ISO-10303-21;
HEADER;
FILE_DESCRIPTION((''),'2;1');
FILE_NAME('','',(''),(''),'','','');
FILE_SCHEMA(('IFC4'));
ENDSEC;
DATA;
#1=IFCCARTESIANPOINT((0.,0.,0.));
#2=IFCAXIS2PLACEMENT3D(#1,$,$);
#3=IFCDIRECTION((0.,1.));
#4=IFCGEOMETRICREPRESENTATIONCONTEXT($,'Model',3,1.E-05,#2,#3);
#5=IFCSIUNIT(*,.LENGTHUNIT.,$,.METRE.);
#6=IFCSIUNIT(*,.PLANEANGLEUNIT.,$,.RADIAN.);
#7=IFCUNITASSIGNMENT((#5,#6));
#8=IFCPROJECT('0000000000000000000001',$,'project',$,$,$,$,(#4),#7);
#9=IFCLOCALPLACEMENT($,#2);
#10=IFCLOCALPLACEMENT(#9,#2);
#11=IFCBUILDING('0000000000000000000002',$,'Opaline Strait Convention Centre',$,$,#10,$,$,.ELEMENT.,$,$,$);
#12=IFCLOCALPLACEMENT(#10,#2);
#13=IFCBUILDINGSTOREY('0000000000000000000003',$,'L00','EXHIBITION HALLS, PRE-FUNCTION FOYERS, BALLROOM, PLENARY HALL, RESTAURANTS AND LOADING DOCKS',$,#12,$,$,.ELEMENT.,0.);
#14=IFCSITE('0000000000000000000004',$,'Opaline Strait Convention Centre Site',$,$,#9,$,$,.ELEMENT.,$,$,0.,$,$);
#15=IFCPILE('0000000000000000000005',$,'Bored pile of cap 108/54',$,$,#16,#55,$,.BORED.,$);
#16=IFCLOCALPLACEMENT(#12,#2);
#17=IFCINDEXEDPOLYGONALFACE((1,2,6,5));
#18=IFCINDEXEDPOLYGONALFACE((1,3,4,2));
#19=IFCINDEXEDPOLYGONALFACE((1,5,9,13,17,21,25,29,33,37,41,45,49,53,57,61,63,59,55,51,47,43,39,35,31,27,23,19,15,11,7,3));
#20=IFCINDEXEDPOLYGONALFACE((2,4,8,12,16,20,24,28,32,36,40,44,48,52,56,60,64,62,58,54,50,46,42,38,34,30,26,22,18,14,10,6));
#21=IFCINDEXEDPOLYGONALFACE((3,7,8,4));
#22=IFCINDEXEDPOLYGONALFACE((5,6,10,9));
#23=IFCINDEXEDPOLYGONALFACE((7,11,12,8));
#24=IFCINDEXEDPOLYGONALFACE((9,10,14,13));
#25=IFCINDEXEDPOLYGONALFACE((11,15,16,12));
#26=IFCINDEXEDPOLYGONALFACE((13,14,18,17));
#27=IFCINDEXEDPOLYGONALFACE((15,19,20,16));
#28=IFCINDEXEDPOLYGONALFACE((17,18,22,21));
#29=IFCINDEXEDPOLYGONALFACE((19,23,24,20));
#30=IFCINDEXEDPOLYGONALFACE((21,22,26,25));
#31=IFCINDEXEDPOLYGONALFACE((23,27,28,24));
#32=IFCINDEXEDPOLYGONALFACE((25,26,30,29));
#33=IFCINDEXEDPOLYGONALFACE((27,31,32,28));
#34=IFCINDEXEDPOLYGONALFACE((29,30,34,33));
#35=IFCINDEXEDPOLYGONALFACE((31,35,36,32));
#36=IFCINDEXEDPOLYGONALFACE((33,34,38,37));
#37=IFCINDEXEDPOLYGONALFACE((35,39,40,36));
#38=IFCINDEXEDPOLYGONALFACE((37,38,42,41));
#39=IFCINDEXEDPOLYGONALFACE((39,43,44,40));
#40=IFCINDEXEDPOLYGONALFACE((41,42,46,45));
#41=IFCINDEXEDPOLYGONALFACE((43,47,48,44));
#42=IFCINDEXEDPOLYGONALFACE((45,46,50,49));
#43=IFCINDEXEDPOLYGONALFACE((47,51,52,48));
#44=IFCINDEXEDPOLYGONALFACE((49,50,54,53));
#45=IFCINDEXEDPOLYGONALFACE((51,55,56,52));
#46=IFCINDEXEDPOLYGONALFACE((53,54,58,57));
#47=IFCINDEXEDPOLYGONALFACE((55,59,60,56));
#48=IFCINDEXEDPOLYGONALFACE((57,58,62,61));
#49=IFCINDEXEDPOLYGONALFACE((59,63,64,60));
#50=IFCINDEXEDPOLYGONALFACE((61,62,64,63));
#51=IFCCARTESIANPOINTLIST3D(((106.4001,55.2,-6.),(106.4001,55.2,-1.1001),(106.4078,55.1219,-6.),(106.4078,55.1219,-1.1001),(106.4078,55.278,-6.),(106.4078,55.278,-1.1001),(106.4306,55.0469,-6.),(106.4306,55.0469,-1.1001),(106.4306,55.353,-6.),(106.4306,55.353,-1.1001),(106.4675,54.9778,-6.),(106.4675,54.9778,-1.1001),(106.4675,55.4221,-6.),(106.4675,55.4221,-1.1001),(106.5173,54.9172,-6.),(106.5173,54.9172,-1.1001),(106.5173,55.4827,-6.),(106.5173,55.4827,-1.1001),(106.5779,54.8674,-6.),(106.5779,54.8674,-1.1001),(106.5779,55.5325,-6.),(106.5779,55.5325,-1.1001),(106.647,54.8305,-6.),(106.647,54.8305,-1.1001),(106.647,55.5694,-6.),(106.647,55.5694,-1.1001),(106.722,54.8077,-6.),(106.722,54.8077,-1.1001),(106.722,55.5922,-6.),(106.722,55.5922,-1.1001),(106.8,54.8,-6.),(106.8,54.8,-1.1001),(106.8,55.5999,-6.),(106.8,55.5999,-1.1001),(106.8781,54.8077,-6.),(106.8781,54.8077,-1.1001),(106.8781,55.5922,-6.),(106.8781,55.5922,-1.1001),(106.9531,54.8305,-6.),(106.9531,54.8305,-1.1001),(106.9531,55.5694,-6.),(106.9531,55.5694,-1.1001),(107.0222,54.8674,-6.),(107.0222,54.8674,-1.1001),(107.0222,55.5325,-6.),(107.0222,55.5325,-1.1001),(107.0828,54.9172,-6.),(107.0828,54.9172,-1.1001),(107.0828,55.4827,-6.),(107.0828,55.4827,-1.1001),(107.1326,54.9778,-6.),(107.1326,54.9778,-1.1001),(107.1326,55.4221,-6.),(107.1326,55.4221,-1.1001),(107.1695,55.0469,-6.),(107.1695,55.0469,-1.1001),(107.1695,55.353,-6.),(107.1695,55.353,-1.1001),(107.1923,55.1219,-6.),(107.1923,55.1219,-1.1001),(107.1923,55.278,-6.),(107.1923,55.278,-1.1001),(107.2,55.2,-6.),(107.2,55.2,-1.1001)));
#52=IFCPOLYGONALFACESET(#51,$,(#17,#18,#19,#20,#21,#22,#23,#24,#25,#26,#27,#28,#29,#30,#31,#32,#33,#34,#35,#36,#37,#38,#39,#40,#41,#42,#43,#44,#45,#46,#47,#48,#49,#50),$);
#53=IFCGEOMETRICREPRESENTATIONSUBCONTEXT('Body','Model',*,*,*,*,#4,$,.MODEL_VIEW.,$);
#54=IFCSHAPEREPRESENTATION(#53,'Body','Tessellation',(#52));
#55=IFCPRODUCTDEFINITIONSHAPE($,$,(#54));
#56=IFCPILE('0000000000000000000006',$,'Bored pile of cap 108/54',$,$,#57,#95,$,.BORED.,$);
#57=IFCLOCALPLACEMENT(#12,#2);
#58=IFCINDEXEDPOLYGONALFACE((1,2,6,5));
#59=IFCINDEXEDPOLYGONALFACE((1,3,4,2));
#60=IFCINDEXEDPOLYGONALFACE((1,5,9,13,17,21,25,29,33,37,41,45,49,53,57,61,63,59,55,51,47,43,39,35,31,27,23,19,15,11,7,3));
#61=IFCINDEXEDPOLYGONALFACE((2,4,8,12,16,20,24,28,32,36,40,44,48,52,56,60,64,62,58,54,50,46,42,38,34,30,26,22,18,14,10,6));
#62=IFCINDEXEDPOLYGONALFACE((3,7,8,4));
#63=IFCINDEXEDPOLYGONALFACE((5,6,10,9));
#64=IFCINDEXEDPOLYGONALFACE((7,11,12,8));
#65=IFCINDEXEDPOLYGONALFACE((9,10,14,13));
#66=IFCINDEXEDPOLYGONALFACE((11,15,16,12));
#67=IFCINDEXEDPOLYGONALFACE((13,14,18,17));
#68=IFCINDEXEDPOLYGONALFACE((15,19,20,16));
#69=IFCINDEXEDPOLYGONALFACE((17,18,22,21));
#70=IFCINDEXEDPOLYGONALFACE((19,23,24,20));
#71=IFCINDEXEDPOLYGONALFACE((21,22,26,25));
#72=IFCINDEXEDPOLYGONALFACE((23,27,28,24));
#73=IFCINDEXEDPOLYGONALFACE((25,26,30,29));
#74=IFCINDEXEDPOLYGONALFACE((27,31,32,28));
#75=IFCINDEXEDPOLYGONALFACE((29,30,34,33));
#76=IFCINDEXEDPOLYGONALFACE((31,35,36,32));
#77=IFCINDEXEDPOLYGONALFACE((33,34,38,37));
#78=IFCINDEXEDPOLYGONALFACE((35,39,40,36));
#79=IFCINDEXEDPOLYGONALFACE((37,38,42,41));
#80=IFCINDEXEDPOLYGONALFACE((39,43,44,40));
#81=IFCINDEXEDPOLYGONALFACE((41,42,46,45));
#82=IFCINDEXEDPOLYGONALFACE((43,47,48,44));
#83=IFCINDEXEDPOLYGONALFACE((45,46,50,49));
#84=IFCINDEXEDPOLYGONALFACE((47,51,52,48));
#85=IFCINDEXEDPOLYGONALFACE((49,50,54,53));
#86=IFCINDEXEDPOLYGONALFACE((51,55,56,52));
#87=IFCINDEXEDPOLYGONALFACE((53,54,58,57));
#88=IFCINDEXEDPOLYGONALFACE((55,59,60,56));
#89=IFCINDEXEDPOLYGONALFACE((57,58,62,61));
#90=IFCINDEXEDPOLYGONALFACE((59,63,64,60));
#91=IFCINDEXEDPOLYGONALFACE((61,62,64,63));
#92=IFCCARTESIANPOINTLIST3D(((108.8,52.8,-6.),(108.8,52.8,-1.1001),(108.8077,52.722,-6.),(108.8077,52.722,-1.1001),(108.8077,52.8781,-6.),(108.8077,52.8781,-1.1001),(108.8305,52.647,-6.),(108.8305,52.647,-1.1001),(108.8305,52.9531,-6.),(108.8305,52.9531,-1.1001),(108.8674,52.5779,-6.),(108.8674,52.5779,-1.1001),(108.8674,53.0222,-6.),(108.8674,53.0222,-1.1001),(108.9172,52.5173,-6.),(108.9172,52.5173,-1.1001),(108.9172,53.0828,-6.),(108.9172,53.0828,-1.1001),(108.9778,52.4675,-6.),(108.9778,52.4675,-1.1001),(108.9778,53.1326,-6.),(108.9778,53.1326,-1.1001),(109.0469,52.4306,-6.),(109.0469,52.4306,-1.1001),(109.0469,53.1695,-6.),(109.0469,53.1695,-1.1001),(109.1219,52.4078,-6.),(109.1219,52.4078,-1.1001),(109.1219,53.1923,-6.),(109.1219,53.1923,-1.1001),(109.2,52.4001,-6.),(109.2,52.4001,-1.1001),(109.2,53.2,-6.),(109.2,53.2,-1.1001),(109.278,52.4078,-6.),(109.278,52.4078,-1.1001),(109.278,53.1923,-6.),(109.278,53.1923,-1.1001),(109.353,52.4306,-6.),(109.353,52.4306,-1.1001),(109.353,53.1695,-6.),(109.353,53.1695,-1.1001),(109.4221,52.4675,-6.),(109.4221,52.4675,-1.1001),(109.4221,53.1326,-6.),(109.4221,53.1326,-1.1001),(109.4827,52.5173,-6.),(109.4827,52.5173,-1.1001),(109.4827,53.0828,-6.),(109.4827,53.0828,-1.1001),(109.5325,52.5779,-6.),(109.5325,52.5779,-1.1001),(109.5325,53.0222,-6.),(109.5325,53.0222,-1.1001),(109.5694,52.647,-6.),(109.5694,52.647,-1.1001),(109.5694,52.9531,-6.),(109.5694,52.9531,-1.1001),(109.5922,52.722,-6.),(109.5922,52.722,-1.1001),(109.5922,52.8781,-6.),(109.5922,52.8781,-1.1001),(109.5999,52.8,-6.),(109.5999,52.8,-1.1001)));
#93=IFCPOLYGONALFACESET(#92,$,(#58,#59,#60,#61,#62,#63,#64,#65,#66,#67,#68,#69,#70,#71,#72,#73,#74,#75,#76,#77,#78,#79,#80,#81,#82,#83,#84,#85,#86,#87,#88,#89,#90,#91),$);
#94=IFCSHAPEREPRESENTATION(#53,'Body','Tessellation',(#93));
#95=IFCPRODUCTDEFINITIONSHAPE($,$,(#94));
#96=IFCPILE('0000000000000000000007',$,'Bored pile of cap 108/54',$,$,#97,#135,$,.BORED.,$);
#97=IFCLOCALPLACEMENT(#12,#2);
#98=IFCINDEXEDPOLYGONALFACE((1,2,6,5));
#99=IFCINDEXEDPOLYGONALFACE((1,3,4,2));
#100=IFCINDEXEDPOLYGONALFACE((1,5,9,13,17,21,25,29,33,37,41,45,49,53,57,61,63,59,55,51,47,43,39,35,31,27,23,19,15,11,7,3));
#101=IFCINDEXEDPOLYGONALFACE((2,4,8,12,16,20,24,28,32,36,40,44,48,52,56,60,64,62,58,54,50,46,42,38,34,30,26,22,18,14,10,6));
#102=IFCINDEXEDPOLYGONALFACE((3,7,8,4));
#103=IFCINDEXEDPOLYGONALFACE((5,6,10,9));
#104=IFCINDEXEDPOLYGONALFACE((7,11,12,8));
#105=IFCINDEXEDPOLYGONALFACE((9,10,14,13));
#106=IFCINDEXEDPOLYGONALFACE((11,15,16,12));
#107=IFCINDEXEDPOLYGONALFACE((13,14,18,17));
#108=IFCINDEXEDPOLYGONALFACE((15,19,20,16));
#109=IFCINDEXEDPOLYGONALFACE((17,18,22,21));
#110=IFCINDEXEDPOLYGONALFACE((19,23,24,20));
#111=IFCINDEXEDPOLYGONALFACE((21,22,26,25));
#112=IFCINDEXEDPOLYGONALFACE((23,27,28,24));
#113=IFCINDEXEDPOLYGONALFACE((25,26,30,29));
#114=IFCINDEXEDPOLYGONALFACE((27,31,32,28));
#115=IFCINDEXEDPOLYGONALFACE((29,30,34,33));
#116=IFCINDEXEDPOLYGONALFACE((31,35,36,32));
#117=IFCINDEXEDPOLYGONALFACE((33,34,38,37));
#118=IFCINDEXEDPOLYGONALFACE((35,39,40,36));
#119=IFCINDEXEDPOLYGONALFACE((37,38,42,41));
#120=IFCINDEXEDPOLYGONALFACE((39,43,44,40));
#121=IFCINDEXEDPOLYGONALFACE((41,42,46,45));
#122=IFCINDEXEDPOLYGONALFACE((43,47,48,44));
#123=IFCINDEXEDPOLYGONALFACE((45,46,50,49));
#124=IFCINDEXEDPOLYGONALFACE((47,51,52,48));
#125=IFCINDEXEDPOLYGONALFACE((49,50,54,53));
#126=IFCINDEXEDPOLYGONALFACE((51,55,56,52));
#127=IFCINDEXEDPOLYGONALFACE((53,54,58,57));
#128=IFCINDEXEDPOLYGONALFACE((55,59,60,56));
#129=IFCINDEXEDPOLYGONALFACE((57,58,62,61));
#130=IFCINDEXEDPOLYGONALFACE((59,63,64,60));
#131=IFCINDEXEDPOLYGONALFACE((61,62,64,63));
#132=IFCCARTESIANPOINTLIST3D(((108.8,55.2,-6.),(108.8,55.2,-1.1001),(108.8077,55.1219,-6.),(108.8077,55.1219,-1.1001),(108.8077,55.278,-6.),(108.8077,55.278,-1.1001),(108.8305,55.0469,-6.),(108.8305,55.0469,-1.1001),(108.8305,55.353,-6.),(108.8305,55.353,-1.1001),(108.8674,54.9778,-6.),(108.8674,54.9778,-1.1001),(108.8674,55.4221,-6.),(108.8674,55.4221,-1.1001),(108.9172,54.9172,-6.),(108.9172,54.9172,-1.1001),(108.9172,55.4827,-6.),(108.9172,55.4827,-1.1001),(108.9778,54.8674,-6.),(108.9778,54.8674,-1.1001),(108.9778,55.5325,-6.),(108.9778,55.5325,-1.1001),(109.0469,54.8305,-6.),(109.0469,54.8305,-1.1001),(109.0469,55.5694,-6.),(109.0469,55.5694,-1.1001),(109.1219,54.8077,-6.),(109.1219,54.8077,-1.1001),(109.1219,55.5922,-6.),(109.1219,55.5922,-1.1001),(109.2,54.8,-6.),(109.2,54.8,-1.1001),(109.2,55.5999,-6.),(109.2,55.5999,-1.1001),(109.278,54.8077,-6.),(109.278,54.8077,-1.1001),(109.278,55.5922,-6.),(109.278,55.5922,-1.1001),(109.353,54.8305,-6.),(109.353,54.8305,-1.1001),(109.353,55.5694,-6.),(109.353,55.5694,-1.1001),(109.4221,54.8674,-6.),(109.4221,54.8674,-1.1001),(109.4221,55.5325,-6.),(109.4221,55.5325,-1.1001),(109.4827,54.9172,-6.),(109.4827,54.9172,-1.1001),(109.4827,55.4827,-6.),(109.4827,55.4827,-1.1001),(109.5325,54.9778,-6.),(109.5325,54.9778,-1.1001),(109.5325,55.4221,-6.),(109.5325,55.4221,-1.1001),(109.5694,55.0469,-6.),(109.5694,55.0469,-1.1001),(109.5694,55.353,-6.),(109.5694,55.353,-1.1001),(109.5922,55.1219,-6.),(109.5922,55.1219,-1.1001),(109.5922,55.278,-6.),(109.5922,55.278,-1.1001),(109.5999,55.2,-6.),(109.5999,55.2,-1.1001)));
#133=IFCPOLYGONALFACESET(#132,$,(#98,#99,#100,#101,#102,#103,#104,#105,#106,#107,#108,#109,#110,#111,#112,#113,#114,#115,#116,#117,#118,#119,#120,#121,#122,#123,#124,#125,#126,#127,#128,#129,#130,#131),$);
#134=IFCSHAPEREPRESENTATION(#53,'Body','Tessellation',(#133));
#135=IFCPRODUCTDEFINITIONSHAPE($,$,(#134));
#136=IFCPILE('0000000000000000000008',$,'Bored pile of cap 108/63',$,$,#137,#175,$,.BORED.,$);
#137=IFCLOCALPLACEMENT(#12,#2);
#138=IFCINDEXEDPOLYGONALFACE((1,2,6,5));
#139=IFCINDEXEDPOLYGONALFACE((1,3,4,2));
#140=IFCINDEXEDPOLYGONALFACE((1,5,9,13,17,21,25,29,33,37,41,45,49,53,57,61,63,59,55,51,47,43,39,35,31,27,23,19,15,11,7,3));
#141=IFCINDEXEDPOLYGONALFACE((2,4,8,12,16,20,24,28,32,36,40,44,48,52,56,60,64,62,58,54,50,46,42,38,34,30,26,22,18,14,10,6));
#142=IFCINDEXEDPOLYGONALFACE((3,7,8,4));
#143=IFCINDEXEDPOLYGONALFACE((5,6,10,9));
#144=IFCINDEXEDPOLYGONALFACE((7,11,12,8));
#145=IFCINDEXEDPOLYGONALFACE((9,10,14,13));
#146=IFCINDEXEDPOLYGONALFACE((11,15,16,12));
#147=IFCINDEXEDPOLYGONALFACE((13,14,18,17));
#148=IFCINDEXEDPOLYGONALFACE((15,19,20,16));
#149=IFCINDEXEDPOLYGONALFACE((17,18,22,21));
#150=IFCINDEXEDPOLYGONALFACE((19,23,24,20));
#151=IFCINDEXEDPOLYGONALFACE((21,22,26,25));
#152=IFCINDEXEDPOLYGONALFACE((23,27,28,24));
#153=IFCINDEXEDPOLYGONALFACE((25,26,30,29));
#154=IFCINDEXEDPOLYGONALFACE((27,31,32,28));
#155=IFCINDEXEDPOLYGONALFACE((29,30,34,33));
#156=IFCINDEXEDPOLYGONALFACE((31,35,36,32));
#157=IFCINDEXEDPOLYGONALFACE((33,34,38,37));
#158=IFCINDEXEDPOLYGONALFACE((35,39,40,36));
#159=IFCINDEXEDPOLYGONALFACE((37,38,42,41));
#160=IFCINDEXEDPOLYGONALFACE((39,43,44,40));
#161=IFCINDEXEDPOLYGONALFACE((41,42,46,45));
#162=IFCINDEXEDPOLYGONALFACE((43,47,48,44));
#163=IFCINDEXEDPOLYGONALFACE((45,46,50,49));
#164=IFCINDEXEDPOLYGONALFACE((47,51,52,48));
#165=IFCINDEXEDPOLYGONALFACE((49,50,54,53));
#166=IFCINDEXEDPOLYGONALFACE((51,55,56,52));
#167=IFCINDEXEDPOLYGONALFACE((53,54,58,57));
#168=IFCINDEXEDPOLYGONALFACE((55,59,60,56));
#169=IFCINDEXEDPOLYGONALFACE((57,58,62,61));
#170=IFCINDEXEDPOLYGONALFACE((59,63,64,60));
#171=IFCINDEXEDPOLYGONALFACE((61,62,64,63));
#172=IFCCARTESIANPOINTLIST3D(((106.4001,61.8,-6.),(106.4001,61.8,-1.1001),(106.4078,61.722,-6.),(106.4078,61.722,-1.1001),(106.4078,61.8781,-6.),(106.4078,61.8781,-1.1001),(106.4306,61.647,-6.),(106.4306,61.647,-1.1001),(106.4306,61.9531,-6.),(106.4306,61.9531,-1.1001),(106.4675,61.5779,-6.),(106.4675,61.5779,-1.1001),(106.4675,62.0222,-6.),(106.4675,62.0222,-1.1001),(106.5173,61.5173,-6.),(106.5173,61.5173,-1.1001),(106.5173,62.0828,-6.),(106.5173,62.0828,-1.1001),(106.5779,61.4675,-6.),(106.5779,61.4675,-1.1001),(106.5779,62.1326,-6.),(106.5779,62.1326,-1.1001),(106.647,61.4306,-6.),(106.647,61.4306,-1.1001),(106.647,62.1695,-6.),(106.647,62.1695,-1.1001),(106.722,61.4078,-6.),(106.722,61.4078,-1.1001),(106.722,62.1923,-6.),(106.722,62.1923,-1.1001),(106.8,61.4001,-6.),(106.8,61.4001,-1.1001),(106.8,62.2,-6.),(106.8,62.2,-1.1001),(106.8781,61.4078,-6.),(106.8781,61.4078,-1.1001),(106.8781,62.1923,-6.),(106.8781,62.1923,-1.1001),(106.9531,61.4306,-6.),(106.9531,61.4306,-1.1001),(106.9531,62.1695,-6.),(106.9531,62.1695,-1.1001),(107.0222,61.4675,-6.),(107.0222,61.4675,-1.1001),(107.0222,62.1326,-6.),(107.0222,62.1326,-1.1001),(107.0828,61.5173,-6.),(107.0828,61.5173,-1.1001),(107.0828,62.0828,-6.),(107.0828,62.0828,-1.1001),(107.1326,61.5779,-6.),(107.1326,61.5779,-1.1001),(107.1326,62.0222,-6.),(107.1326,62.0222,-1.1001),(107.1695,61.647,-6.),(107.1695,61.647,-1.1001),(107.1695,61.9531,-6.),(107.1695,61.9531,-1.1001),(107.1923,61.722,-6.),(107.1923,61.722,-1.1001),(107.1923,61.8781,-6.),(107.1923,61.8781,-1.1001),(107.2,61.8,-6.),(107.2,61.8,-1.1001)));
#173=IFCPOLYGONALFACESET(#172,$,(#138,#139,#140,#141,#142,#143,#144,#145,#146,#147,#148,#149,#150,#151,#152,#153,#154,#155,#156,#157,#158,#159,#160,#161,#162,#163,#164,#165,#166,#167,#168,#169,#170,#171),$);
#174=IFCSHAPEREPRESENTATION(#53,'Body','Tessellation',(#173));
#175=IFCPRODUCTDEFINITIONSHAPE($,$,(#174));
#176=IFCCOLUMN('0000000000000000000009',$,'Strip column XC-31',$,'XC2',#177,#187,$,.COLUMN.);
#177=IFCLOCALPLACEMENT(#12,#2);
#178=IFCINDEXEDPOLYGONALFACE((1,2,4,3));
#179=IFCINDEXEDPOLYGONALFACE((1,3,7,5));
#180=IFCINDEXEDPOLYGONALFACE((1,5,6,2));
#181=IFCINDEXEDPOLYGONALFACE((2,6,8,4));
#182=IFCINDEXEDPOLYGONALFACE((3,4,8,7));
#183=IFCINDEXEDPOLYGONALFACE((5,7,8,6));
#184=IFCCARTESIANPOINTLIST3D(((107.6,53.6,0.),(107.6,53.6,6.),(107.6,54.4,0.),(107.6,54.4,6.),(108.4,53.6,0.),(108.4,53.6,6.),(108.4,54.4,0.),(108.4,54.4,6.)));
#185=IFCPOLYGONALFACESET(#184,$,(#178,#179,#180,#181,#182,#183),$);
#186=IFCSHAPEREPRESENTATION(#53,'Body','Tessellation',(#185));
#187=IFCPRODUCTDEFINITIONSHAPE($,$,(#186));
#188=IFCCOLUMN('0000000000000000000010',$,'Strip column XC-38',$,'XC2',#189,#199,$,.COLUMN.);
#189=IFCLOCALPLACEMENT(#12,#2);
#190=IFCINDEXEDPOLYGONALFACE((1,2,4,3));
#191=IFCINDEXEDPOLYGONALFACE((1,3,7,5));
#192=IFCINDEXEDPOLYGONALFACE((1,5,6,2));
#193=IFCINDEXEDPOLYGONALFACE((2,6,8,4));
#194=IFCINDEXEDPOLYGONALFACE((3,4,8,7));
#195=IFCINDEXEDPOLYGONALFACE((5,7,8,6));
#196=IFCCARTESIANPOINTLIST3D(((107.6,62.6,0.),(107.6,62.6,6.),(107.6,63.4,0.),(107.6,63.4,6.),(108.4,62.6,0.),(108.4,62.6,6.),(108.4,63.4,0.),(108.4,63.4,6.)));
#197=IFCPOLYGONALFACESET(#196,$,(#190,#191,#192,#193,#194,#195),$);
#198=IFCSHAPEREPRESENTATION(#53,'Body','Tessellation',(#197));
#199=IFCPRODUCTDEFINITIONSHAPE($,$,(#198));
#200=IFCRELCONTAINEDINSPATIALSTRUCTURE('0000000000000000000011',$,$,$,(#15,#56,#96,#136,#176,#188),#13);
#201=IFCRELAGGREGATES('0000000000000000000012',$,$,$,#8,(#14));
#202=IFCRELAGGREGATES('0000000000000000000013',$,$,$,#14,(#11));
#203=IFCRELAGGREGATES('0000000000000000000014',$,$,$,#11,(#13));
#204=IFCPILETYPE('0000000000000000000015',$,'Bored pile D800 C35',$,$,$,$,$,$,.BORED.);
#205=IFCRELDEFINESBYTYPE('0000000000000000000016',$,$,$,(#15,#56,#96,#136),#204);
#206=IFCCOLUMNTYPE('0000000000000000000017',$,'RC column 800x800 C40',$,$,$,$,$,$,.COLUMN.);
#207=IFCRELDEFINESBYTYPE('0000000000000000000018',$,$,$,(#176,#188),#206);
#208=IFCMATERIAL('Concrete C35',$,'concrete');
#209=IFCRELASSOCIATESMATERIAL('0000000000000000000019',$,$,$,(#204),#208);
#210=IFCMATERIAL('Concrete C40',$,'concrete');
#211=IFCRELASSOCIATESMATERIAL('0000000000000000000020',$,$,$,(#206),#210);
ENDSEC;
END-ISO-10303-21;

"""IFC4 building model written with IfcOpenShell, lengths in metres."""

from ifc_helpers import new_model, si_unit, direction, frame, origin, origin_2d, place, context, subcontext, project, spatial, rectangle, circle, extrude, material, material_profile, profile_set, type_object, element, save


model = new_model("IFC4")

# Units and contexts
model_context = context("Model", 3, precision=1e-05, world=origin(), true_north=direction((0.0, 1.0)))
body_context = subcontext(model_context, "Body", "Model", "MODEL_VIEW")
ifc_project = project(units=[si_unit("LENGTHUNIT", "METRE"), si_unit("PLANEANGLEUNIT", "RADIAN")], contexts=[model_context])

# Site, building, storey
site_placement = place(None, origin())
site = spatial("IfcSite", under=ifc_project, at=site_placement, Name="Opaline Strait Convention Centre Site", CompositionType="ELEMENT", RefElevation=0.0)
building_placement = place(site_placement, origin())
building = spatial("IfcBuilding", under=site, at=building_placement, Name="Opaline Strait Convention Centre", CompositionType="ELEMENT")
storey_placement = place(building_placement, origin())
storey = spatial("IfcBuildingStorey", under=building, at=storey_placement, Name="L00", Description="EXHIBITION HALLS, PRE-FUNCTION FOYERS, BALLROOM, PLENARY HALL, RESTAURANTS AND LOADING DOCKS", CompositionType="ELEMENT", Elevation=0.0)

# Piles
ifc_material_1 = material(Name="Concrete C35", Category="concrete")
ifc_material_profile_1 = material_profile(ifc_material_1, circle(Radius=0.3999, at=origin_2d()), Name="D800")
ifc_profile_set_1 = profile_set([ifc_material_profile_1], Name="Concrete C35")
pile_type_1 = type_object("IfcPileType", Name="Bored pile D800 C35", PredefinedType="BORED", material=ifc_profile_set_1)
for number, where, z_axis, x_axis, name in (
    (1, (106.8, 55.2, -1.1001), (0.0, 0.0, -1.0), (1.0, 0.0, 0.0), "Bored pile of cap 108/54"),
    (2, (109.2, 52.8, -1.1001), (0.0, 0.0, -1.0), (1.0, 0.0, 0.0), "Bored pile of cap 108/54"),
    (3, (109.2, 55.2, -1.1001), (0.0, 0.0, -1.0), (1.0, 0.0, 0.0), "Bored pile of cap 108/54"),
    (4, (106.8, 61.8, -1.1001), (0.0, 0.0, -1.0), (1.0, 0.0, 0.0), "Bored pile of cap 108/63"),
):
    element("IfcPile", number, at=place(storey_placement, frame(where, z_axis=z_axis, x_axis=x_axis)), inside=storey, type_object=pile_type_1, Name=name, PredefinedType="BORED", context=body_context, shape_type="SweptSolid", body=[
        extrude(circle(Radius=0.3999, at=origin_2d()), origin(), (0.0, 0.0, 1.0), 4.8999),
    ])

# Columns
ifc_material_2 = material(Name="Concrete C40", Category="concrete")
ifc_material_profile_2 = material_profile(ifc_material_2, rectangle(XDim=0.8, YDim=0.8, at=origin_2d()), Name="RC 800x800")
ifc_profile_set_2 = profile_set([ifc_material_profile_2], Name="Concrete C40")
column_type = type_object("IfcColumnType", Name="RC column 800x800 C40", PredefinedType="COLUMN", material=ifc_profile_set_2)
for number, where, z_axis, x_axis, name in (
    (5, (108.0, 54.0, 0.0), (0.0, 0.0, 1.0), (1.0, 0.0, 0.0), "Strip column XC-31"),
    (6, (108.0, 63.0, 0.0), (0.0, 0.0, 1.0), (1.0, 0.0, 0.0), "Strip column XC-38"),
):
    element("IfcColumn", number, at=place(storey_placement, frame(where, z_axis=z_axis, x_axis=x_axis)), inside=storey, type_object=column_type, Name=name, ObjectType="XC2", PredefinedType="COLUMN", context=body_context, shape_type="SweptSolid", body=[
        extrude(rectangle(XDim=0.8, YDim=0.8, at=origin_2d()), origin(), (0.0, 0.0, 1.0), 6.0),
    ])

save(model, "model.ifc")
